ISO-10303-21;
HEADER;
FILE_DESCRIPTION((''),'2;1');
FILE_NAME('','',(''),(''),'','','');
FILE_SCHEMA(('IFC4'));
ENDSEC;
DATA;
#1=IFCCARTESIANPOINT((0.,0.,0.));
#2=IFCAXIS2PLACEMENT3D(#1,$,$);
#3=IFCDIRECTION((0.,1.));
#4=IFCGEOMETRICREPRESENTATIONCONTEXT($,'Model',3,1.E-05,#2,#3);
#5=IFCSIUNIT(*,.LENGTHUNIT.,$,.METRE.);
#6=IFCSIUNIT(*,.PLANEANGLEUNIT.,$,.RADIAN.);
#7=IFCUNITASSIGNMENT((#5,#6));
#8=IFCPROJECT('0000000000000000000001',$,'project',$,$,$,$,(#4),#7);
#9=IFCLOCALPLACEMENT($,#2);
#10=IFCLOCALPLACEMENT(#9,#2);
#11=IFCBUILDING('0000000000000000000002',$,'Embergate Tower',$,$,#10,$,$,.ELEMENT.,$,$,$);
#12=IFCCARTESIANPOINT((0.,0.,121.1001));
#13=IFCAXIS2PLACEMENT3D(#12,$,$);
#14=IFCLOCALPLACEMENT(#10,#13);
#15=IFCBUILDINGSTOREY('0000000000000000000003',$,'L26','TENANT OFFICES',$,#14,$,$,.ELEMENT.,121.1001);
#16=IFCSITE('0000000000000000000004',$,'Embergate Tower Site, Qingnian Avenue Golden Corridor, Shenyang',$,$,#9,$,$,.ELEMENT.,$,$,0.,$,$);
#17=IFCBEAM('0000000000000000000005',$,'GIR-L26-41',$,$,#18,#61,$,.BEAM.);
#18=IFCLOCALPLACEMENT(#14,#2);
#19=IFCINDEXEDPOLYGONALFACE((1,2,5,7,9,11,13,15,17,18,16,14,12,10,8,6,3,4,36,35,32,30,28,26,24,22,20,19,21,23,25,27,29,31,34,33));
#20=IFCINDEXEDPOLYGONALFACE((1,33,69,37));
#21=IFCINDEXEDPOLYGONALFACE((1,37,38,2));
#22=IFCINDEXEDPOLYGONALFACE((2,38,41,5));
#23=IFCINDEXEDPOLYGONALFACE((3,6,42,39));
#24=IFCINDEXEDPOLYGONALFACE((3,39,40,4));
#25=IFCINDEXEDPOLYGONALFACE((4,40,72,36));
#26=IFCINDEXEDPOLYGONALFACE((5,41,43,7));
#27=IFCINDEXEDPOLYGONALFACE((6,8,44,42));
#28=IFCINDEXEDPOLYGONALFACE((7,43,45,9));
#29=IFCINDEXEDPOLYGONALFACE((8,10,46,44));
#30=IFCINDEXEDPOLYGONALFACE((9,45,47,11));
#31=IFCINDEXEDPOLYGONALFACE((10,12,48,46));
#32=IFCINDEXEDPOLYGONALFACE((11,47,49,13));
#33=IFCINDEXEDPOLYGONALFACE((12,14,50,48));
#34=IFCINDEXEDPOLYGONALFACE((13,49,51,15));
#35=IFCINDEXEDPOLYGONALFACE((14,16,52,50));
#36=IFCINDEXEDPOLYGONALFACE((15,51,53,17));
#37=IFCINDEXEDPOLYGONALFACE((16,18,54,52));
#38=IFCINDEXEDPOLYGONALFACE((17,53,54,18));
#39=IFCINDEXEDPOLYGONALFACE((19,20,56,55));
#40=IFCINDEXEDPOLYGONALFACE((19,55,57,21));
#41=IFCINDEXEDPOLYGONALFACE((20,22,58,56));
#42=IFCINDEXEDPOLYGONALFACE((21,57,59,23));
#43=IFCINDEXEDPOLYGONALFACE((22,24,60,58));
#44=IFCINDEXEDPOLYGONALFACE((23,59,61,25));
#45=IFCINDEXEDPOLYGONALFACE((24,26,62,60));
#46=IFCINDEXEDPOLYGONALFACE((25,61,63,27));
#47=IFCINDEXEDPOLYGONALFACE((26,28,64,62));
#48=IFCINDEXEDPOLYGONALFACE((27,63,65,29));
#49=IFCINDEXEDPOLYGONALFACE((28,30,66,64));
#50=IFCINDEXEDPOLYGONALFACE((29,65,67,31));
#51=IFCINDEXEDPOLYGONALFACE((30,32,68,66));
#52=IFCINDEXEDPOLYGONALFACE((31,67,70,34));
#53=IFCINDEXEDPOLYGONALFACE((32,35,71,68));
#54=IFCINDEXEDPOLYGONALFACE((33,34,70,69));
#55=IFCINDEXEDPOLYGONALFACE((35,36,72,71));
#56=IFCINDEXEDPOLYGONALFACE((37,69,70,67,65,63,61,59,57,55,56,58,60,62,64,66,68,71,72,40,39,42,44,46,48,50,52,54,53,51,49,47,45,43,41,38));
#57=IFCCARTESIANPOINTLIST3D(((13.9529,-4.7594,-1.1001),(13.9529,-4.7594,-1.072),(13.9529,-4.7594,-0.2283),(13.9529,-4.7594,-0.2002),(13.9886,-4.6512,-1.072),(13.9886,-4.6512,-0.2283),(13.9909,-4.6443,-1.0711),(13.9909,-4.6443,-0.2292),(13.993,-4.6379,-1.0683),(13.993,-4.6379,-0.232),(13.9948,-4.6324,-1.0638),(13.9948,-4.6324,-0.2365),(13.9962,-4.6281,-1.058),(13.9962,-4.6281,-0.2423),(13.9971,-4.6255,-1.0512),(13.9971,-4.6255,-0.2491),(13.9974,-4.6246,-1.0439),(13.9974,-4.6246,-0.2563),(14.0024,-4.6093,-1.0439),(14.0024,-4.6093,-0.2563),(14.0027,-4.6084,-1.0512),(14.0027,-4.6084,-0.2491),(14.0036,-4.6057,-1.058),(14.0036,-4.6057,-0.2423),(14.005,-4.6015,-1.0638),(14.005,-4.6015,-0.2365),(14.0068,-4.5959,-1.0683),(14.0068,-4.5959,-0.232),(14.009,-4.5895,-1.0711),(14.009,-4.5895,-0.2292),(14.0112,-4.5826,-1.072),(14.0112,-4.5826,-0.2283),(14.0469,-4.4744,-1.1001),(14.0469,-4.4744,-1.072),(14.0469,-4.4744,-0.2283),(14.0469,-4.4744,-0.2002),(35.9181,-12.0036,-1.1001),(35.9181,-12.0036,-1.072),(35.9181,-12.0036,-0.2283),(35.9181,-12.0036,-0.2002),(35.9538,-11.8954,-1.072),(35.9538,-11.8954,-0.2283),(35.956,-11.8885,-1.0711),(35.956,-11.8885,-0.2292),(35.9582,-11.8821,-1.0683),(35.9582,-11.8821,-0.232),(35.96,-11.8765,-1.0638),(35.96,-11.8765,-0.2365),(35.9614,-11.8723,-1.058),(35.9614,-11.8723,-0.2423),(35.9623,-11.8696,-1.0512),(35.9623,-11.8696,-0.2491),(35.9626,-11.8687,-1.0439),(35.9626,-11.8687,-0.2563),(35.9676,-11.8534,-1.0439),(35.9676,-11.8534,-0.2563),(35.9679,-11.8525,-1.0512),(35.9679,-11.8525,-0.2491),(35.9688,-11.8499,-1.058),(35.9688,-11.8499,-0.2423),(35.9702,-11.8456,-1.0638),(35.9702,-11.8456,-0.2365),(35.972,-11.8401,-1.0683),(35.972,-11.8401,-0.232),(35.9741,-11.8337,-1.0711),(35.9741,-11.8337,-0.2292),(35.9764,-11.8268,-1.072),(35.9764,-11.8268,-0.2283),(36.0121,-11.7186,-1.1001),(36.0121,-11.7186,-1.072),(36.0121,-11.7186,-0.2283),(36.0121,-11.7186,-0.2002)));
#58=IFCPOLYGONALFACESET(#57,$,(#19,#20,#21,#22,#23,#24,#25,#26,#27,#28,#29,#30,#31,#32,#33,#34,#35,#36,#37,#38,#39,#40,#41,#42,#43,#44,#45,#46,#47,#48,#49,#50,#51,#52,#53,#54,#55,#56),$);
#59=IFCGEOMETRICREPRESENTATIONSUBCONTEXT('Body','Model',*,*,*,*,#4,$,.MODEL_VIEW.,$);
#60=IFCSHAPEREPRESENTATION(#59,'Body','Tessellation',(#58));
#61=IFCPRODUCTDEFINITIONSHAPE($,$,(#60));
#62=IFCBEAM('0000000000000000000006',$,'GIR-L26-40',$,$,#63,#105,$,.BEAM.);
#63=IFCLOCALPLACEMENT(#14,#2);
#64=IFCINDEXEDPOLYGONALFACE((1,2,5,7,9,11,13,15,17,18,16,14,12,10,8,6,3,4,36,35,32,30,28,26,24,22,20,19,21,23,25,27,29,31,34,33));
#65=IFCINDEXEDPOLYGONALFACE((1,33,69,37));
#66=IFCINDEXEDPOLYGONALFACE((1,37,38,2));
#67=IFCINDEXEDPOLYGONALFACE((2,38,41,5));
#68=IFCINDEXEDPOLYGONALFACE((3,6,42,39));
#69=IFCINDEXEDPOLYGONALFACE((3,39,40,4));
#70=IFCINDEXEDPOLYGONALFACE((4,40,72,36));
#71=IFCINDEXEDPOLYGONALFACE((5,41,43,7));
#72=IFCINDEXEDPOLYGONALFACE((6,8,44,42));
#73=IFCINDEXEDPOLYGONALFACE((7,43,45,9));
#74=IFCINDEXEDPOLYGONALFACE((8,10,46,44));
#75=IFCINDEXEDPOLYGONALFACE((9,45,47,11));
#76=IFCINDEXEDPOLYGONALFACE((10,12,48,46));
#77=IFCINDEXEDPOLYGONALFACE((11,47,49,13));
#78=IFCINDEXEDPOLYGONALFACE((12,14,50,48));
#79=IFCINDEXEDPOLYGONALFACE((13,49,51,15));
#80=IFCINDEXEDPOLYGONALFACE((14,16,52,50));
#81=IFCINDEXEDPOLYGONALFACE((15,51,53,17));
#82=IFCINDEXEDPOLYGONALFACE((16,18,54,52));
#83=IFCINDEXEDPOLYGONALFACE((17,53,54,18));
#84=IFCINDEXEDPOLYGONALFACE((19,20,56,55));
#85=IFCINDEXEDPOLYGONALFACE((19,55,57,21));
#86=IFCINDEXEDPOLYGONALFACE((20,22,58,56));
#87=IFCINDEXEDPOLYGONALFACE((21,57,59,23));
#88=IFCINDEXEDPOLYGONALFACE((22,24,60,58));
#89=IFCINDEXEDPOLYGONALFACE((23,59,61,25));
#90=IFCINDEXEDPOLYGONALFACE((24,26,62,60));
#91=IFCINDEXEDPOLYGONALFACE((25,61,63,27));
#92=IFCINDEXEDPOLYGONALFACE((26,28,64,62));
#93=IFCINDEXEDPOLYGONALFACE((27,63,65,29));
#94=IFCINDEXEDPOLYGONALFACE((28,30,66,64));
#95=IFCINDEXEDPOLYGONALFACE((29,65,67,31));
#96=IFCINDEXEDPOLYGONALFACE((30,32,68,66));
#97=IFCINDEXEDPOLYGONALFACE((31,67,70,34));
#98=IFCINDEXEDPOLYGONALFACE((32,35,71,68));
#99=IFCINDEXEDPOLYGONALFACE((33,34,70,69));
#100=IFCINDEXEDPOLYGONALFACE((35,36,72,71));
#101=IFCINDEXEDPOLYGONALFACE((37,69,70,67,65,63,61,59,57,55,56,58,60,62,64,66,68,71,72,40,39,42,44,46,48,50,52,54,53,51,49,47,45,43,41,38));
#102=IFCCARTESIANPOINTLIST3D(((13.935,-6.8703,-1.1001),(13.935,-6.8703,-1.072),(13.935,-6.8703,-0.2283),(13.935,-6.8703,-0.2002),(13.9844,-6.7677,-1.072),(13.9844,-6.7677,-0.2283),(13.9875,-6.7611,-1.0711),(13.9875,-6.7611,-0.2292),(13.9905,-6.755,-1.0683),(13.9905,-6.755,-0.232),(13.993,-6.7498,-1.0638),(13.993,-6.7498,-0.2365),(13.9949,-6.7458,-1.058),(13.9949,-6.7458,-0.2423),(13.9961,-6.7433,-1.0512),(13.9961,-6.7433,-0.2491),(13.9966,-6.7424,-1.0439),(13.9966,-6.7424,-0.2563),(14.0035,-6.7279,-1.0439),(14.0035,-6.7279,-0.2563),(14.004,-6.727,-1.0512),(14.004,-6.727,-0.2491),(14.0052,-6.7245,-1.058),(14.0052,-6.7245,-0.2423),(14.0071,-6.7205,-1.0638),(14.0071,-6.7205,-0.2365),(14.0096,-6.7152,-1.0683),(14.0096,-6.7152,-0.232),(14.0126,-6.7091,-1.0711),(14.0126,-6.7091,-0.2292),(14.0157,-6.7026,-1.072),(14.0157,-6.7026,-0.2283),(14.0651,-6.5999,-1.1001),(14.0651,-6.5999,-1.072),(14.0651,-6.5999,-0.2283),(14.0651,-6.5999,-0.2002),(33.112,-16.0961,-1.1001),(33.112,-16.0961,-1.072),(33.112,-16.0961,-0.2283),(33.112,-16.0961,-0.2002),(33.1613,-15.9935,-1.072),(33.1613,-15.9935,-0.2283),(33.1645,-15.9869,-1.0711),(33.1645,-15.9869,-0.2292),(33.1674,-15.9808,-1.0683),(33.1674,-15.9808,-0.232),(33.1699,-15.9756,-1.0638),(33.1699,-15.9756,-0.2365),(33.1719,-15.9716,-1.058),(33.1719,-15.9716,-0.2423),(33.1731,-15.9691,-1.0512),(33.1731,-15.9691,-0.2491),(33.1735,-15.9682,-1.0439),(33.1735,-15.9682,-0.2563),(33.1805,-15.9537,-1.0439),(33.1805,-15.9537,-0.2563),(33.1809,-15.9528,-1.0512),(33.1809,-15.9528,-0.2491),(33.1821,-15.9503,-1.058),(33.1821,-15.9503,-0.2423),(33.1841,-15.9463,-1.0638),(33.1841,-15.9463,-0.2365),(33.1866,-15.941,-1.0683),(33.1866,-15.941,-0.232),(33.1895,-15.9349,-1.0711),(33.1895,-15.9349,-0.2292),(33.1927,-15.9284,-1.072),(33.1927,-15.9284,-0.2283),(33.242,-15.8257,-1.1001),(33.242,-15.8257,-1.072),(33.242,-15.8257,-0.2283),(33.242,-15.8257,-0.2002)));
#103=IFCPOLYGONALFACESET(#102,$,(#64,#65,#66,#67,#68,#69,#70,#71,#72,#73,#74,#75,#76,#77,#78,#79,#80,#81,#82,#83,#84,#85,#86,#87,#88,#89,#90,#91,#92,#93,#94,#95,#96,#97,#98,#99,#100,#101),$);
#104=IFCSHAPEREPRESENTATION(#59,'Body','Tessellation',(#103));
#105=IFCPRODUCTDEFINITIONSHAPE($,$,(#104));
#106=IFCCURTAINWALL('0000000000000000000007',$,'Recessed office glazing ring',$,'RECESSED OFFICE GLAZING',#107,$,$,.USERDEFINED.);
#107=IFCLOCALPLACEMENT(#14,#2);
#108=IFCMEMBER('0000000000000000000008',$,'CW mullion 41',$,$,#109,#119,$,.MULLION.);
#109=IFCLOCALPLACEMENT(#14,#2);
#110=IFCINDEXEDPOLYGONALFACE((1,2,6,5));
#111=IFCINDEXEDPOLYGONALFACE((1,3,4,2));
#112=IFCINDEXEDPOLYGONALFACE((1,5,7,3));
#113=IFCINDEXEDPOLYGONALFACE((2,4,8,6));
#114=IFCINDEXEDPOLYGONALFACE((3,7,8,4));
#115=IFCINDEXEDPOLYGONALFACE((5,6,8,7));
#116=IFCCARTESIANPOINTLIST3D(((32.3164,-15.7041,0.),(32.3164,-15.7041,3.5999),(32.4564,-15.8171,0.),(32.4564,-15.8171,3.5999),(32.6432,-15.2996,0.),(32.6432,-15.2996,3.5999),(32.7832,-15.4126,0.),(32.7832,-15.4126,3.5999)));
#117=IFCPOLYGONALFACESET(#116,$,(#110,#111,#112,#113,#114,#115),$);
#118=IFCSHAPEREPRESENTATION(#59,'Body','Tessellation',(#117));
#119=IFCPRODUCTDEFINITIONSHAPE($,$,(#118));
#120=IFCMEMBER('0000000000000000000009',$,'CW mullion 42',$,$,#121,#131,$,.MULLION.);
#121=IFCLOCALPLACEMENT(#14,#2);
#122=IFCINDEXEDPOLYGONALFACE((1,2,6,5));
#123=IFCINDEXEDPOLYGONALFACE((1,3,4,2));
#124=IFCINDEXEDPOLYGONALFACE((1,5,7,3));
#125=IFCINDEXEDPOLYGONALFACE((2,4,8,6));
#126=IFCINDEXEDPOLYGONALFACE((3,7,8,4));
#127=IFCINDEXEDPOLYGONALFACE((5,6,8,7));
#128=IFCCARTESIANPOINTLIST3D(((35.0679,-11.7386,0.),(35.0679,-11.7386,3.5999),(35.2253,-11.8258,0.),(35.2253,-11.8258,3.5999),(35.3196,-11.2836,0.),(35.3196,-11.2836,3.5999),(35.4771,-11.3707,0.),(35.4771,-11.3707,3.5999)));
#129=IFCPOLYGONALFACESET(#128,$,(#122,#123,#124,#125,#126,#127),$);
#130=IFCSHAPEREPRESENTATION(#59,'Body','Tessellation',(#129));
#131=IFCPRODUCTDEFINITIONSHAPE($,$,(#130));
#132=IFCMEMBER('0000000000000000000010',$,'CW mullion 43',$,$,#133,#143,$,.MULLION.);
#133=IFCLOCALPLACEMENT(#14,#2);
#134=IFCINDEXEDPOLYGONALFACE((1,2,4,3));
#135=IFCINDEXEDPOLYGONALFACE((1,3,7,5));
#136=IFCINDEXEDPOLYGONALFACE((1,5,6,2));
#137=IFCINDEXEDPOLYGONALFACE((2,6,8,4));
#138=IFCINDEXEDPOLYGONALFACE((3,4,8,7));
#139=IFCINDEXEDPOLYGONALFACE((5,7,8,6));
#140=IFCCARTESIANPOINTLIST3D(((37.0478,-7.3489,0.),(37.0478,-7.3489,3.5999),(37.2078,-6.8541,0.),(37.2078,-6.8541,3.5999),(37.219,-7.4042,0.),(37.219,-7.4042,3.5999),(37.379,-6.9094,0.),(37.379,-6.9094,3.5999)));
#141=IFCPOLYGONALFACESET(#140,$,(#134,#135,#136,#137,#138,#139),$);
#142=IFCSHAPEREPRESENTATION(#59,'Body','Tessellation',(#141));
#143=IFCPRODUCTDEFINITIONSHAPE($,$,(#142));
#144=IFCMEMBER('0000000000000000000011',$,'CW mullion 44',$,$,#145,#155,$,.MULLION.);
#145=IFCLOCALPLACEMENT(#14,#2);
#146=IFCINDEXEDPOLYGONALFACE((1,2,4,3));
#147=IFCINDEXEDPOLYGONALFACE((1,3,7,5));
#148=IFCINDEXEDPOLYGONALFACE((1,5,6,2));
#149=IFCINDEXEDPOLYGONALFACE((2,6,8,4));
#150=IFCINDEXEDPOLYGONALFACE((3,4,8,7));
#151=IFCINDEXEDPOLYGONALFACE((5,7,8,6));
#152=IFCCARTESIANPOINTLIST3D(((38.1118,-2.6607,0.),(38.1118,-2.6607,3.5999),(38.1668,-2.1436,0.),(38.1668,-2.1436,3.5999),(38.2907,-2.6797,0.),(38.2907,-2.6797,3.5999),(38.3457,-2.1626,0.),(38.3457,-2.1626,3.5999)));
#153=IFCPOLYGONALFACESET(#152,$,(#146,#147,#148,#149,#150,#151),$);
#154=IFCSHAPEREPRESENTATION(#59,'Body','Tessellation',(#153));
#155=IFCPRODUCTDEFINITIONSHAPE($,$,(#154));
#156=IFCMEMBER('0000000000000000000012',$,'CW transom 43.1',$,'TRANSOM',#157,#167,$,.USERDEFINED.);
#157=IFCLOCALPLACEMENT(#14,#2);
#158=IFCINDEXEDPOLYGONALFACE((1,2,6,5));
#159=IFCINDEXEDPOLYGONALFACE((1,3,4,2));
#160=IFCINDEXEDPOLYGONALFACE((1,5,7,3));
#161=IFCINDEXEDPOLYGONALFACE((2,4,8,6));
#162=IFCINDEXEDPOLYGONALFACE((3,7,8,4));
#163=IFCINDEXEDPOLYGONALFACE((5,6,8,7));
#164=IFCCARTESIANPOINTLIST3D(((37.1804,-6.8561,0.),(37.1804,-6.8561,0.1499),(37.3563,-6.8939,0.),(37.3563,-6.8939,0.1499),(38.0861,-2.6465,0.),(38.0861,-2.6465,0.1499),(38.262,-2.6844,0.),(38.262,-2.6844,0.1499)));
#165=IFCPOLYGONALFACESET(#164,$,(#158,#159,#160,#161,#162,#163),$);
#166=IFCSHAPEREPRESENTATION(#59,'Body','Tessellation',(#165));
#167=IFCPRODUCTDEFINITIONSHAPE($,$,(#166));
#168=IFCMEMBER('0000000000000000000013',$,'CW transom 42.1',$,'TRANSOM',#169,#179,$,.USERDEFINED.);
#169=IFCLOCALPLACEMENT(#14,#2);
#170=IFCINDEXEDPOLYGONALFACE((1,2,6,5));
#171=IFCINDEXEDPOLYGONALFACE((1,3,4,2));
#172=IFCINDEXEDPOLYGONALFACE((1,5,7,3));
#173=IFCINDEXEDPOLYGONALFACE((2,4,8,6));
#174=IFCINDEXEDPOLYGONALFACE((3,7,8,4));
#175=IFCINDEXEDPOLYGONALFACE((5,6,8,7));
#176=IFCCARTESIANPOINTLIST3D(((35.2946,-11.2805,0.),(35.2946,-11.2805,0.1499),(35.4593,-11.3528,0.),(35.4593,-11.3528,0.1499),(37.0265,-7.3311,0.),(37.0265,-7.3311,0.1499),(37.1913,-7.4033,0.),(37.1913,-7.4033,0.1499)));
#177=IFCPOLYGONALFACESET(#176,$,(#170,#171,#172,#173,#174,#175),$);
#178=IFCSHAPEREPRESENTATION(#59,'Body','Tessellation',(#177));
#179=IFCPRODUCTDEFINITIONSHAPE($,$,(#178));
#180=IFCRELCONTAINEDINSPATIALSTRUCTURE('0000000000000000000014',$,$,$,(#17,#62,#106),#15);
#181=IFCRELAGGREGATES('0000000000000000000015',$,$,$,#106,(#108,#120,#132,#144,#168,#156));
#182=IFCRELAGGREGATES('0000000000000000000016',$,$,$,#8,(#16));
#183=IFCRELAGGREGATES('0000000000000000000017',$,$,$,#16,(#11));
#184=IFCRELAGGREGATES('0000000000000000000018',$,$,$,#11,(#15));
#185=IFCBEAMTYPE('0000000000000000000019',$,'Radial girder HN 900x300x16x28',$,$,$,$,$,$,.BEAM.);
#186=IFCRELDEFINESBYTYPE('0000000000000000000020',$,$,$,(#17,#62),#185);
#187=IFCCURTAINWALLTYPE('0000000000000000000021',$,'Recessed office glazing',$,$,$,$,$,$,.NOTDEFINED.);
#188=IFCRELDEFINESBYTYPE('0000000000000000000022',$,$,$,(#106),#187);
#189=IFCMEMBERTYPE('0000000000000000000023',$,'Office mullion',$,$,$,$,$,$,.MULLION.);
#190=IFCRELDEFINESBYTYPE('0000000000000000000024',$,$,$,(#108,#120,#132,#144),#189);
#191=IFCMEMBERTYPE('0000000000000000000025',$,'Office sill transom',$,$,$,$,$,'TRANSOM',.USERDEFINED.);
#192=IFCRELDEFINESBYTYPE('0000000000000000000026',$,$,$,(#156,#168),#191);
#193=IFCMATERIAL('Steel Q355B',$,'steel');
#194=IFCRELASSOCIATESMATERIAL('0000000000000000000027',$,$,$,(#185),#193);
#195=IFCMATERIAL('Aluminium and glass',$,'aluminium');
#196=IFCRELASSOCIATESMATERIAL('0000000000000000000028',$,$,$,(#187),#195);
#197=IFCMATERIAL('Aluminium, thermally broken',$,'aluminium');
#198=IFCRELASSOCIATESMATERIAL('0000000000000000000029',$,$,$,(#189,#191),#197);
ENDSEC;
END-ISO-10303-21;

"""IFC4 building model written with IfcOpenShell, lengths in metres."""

from ifc_helpers import new_model, si_unit, direction, frame, origin, origin_2d, place, context, subcontext, project, spatial, rectangle, i_section, extrude, source, transform, mapped, material, material_profile, profile_set, type_object, element, aggregate, save


model = new_model("IFC4")

# Units and contexts
model_context = context("Model", 3, precision=1e-05, world=origin(), true_north=direction((0.0, 1.0)))
body_context = subcontext(model_context, "Body", "Model", "MODEL_VIEW")
ifc_project = project(units=[si_unit("LENGTHUNIT", "METRE"), si_unit("PLANEANGLEUNIT", "RADIAN")], contexts=[model_context])

# Site, building, storey
site_placement = place(None, origin())
site = spatial("IfcSite", under=ifc_project, at=site_placement, Name="Embergate Tower Site, Qingnian Avenue Golden Corridor, Shenyang", CompositionType="ELEMENT", RefElevation=0.0)
building_placement = place(site_placement, origin())
building = spatial("IfcBuilding", under=site, at=building_placement, Name="Embergate Tower", CompositionType="ELEMENT")
storey_placement = place(building_placement, frame((0.0, 0.0, 121.1001)))
storey = spatial("IfcBuildingStorey", under=building, at=storey_placement, Name="L26", Description="TENANT OFFICES", CompositionType="ELEMENT", Elevation=121.1001)

# Beams
ifc_material_1 = material(Name="Steel Q355B", Category="steel")
ifc_material_profile_1 = material_profile(ifc_material_1, i_section(OverallWidth=0.3, OverallDepth=0.8999, WebThickness=0.0161, FlangeThickness=0.0281, FilletRadius=0.0281, at=origin_2d()), Name="HN 900x300x16x28")
ifc_profile_set_1 = profile_set([ifc_material_profile_1], Name="Steel Q355 grade B")
beam_type_1 = type_object("IfcBeamType", Name="Radial girder HN 900x300x16x28", PredefinedType="BEAM", material=ifc_profile_set_1)
shared_shape_1 = source(origin(), body_context, "Body", "SweptSolid", [
    extrude(i_section(OverallWidth=0.3, OverallDepth=0.8999, WebThickness=0.0161, FlangeThickness=0.0281, FilletRadius=0.0281, at=origin_2d()), origin(), (0.0, 0.0, 1.0), 23.1289),
])
beam_1_placement = place(storey_placement, frame((35.9651, -11.8611, -0.6501), z_axis=(-0.949684, 0.313208, 0.0), x_axis=(-0.313208, -0.949684, 0.0)))
element("IfcBeam", 1, at=beam_1_placement, inside=storey, type_object=beam_type_1, Name="GIR-L26-41", PredefinedType="BEAM", context=body_context, shape_type="MappedRepresentation", body=[
    mapped(shared_shape_1, transform((0.0, 0.0, 0.0))),
])
shared_shape_2 = source(origin(), body_context, "Body", "SweptSolid", [
    extrude(i_section(OverallWidth=0.3, OverallDepth=0.8999, WebThickness=0.0161, FlangeThickness=0.0281, FilletRadius=0.0281, at=origin_2d()), origin(), (0.0, 0.0, 1.0), 21.2808),
])
beam_2_placement = place(storey_placement, frame((33.177, -15.9609, -0.6501), z_axis=(-0.90114, 0.433528, 0.0), x_axis=(-0.433528, -0.90114, 0.0)))
element("IfcBeam", 2, at=beam_2_placement, inside=storey, type_object=beam_type_1, Name="GIR-L26-40", PredefinedType="BEAM", context=body_context, shape_type="MappedRepresentation", body=[
    mapped(shared_shape_2, transform((0.0, 0.0, 0.0))),
])

# Curtain wall, members
ifc_material_2 = material(Name="Aluminium and glass", Category="aluminium")
curtain_wall_type = type_object("IfcCurtainWallType", Name="Recessed office glazing", PredefinedType="NOTDEFINED", material=ifc_material_2)
curtain_wall_placement = place(storey_placement, origin())
curtain_wall = element("IfcCurtainWall", 3, at=curtain_wall_placement, inside=storey, type_object=curtain_wall_type, Name="Recessed office glazing ring", ObjectType="RECESSED OFFICE GLAZING", PredefinedType="USERDEFINED")
ifc_material_3 = material(Name="Aluminium, thermally broken", Category="aluminium")
ifc_material_profile_2 = material_profile(ifc_material_3, rectangle(XDim=0.1799, YDim=0.52, at=origin_2d()), Name="AL 520x180")
ifc_profile_set_2 = profile_set([ifc_material_profile_2], Name="Aluminium, thermally broken")
member_type_1 = type_object("IfcMemberType", Name="Office mullion", PredefinedType="MULLION", material=ifc_profile_set_2)
shared_shape_3 = source(origin(), body_context, "Body", "SweptSolid", [
    extrude(rectangle(XDim=0.1799, YDim=0.52, at=origin_2d()), origin(), (0.0, 0.0, 1.0), 3.5999),
])
member_1_placement = place(storey_placement, frame((32.5498, -15.5583, 0.0), z_axis=(0.0, 0.0, 1.0), x_axis=(-0.777875, 0.628419, 0.0)))
member_1 = element("IfcMember", 4, at=member_1_placement, type_object=member_type_1, Name="CW mullion 41", PredefinedType="MULLION", context=body_context, shape_type="MappedRepresentation", body=[
    mapped(shared_shape_3, transform((0.0, 0.0, 0.0))),
])
member_2_placement = place(storey_placement, frame((35.2725, -11.5547, 0.0), z_axis=(0.0, 0.0, 1.0), x_axis=(-0.875004, 0.484116, 0.0)))
member_2 = element("IfcMember", 5, at=member_2_placement, type_object=member_type_1, Name="CW mullion 42", PredefinedType="MULLION", context=body_context, shape_type="MappedRepresentation", body=[
    mapped(shared_shape_3, transform((0.0, 0.0, 0.0))),
])
member_3_placement = place(storey_placement, frame((37.2134, -7.1292, 0.0), z_axis=(0.0, 0.0, 1.0), x_axis=(-0.951499, 0.307652, 0.0)))
member_3 = element("IfcMember", 6, at=member_3_placement, type_object=member_type_1, Name="CW mullion 43", PredefinedType="MULLION", context=body_context, shape_type="MappedRepresentation", body=[
    mapped(shared_shape_3, transform((0.0, 0.0, 0.0))),
])
member_4_placement = place(storey_placement, frame((38.2288, -2.4116, 0.0), z_axis=(0.0, 0.0, 1.0), x_axis=(-0.994385, 0.105822, 0.0)))
member_4 = element("IfcMember", 7, at=member_4_placement, type_object=member_type_1, Name="CW mullion 44", PredefinedType="MULLION", context=body_context, shape_type="MappedRepresentation", body=[
    mapped(shared_shape_3, transform((0.0, 0.0, 0.0))),
])
ifc_material_profile_3 = material_profile(ifc_material_3, rectangle(XDim=0.1799, YDim=0.1499, at=origin_2d()), Name="AL 150x180")
ifc_profile_set_3 = profile_set([ifc_material_profile_3], Name="Aluminium, thermally broken")
member_type_2 = type_object("IfcMemberType", Name="Office sill transom", ElementType="TRANSOM", PredefinedType="USERDEFINED", material=ifc_profile_set_3)
shared_shape_4 = source(origin(), body_context, "Body", "SweptSolid", [
    extrude(rectangle(XDim=0.1799, YDim=0.1499, at=origin_2d()), origin(), (0.0, 0.0, 1.0), 4.3059),
])
member_5_placement = place(storey_placement, frame((37.2683, -6.875, 0.075), z_axis=(0.210358, 0.977624, 0.0), x_axis=(-0.977624, 0.210358, 0.0)))
member_5 = element("IfcMember", 8, at=member_5_placement, type_object=member_type_2, Name="CW transom 43.1", ObjectType="TRANSOM", PredefinedType="USERDEFINED", context=body_context, shape_type="MappedRepresentation", body=[
    mapped(shared_shape_4, transform((0.0, 0.0, 0.0))),
])
shared_shape_5 = source(origin(), body_context, "Body", "SweptSolid", [
    extrude(rectangle(XDim=0.1799, YDim=0.1499, at=origin_2d()), origin(), (0.0, 0.0, 1.0), 4.3125),
])
member_6_placement = place(storey_placement, frame((35.377, -11.3167, 0.075), z_axis=(0.401606, 0.915813, 0.0), x_axis=(-0.915813, 0.401606, 0.0)))
member_6 = element("IfcMember", 9, at=member_6_placement, type_object=member_type_2, Name="CW transom 42.1", ObjectType="TRANSOM", PredefinedType="USERDEFINED", context=body_context, shape_type="MappedRepresentation", body=[
    mapped(shared_shape_5, transform((0.0, 0.0, 0.0))),
])
aggregate(curtain_wall, [member_1, member_2, member_3, member_4, member_6, member_5])

save(model, "model.ifc")
